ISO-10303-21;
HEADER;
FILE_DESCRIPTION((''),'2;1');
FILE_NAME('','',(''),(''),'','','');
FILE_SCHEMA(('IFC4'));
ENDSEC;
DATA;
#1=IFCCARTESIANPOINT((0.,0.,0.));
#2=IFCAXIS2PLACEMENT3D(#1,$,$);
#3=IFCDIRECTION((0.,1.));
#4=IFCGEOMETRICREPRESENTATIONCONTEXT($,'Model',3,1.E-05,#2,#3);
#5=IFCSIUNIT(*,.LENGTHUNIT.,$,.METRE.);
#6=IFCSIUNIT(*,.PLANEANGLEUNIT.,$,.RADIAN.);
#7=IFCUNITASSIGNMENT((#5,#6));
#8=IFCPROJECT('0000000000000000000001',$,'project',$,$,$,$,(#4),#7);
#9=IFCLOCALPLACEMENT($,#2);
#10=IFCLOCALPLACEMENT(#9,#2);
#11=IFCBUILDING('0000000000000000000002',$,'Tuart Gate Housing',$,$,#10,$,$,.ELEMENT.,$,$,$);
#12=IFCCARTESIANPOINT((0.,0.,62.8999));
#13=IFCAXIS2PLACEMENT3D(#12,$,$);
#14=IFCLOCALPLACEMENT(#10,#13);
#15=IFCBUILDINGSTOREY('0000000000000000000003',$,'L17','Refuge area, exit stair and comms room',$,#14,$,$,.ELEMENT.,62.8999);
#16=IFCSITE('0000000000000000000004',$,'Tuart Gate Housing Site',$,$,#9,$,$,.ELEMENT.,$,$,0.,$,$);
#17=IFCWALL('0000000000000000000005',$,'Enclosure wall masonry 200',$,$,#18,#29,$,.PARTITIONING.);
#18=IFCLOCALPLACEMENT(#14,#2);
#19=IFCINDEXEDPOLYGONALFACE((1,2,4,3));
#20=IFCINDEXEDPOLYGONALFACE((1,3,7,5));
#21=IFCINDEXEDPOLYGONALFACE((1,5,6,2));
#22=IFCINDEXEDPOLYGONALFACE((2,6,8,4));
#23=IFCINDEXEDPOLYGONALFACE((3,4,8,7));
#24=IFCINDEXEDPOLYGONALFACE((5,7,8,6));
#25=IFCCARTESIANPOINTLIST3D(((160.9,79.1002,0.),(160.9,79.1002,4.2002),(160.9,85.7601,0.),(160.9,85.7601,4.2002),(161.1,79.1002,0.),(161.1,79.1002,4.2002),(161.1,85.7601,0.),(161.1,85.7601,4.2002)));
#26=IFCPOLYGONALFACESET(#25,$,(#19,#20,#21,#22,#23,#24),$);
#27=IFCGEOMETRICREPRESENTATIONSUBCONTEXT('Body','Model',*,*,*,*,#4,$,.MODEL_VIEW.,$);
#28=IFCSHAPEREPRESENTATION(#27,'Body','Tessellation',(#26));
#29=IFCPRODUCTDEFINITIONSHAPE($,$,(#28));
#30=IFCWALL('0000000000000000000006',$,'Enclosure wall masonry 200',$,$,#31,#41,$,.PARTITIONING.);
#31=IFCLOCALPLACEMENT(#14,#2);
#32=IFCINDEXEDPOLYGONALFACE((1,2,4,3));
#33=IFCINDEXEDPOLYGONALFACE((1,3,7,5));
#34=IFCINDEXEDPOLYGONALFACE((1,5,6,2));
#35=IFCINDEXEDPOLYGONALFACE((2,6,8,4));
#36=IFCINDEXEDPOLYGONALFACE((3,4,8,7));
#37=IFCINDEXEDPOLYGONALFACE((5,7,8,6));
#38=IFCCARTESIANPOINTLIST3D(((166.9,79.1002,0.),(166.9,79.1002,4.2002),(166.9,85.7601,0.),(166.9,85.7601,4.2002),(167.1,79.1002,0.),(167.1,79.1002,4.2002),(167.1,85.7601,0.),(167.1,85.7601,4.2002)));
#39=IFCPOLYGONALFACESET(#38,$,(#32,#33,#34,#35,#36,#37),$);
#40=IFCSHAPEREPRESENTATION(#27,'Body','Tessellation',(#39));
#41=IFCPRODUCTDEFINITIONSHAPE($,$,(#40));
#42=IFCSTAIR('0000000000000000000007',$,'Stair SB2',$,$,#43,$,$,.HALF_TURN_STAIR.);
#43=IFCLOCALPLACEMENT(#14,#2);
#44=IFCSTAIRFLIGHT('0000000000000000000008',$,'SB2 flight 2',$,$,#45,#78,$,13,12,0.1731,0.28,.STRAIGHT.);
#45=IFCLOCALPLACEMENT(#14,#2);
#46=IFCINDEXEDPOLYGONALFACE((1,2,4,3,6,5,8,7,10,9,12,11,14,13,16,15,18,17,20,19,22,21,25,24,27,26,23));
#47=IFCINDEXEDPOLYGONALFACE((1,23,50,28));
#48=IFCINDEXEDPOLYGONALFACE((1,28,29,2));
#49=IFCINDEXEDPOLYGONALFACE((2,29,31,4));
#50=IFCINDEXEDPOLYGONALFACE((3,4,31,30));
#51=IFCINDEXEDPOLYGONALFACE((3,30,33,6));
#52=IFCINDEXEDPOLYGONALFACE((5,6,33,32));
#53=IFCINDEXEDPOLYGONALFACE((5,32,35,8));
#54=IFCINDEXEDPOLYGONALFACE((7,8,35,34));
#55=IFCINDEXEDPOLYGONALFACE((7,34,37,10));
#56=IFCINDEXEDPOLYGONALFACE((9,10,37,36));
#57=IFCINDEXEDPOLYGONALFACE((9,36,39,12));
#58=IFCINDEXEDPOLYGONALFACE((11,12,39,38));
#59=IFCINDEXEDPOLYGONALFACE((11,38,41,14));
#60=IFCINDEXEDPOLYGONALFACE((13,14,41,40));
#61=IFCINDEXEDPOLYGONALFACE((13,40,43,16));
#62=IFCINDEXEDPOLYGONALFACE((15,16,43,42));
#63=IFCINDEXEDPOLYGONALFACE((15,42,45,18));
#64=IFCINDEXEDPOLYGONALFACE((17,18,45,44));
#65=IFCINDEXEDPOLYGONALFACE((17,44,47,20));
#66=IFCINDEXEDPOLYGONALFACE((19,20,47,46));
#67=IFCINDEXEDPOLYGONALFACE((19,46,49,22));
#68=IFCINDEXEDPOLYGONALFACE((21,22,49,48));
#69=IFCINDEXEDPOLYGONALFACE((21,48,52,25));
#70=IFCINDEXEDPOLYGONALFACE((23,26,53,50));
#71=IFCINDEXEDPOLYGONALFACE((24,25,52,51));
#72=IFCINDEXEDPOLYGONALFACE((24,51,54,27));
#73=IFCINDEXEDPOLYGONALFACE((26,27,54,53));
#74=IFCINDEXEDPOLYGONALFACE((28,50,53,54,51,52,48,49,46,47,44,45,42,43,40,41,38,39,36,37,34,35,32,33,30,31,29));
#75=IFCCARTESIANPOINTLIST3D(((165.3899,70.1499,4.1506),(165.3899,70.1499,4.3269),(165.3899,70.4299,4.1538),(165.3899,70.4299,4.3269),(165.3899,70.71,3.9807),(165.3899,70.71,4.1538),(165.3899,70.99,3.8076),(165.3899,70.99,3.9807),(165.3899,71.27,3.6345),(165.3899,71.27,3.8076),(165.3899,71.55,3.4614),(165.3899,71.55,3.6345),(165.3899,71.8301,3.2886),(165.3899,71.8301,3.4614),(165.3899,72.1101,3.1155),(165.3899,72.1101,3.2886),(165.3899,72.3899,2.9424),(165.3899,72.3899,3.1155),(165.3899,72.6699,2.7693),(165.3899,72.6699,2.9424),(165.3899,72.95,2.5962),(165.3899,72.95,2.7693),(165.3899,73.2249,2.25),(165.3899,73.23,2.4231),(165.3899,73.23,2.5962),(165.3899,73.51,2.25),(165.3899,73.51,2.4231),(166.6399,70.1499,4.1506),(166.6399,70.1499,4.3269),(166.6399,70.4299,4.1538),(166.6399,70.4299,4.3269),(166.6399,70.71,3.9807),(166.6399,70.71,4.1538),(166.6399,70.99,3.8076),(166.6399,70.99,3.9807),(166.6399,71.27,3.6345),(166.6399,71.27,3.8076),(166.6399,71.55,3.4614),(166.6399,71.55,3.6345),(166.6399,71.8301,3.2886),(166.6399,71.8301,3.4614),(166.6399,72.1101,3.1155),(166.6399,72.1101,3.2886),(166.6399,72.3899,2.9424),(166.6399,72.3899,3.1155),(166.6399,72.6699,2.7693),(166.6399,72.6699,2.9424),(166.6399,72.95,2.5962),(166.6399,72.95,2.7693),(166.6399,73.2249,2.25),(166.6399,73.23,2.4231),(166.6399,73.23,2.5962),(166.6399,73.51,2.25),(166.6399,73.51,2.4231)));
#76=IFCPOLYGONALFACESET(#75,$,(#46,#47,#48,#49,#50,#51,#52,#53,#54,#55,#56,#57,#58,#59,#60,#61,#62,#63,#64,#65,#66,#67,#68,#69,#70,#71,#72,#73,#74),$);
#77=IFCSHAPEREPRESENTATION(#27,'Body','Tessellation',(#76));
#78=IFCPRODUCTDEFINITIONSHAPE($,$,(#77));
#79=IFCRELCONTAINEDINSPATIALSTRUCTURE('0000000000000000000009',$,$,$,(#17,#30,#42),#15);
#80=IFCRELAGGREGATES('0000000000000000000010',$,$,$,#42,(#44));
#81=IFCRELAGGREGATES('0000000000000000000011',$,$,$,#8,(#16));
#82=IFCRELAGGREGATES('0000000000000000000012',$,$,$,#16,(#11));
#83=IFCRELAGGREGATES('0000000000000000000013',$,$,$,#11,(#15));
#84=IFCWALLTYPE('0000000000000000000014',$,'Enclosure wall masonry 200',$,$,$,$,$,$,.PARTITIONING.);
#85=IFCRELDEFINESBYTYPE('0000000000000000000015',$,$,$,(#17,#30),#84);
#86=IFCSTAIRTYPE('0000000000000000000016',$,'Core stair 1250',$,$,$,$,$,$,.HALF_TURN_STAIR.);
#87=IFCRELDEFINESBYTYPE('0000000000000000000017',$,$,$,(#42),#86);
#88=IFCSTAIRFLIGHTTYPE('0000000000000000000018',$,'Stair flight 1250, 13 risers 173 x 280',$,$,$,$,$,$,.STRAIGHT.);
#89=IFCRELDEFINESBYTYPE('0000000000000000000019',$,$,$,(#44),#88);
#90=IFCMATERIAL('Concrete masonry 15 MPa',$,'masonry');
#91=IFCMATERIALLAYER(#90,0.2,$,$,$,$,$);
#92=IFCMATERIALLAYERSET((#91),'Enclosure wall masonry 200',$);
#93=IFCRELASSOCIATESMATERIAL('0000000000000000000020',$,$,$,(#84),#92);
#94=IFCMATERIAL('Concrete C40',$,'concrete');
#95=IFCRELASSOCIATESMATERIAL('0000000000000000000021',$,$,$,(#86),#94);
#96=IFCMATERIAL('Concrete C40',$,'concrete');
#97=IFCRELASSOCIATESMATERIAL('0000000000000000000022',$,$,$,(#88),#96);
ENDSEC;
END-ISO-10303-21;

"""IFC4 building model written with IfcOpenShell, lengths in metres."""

from ifc_helpers import new_model, si_unit, direction, frame, frame_2d, origin, place, context, subcontext, project, spatial, polyline, rectangle, outline, extrude, material, layer, layer_set, type_object, element, aggregate, save


model = new_model("IFC4")

# Units and contexts
model_context = context("Model", 3, precision=1e-05, world=origin(), true_north=direction((0.0, 1.0)))
body_context = subcontext(model_context, "Body", "Model", "MODEL_VIEW")
ifc_project = project(units=[si_unit("LENGTHUNIT", "METRE"), si_unit("PLANEANGLEUNIT", "RADIAN")], contexts=[model_context])

# Site, building, storey
site_placement = place(None, origin())
site = spatial("IfcSite", under=ifc_project, at=site_placement, Name="Tuart Gate Housing Site", CompositionType="ELEMENT", RefElevation=0.0)
building_placement = place(site_placement, origin())
building = spatial("IfcBuilding", under=site, at=building_placement, Name="Tuart Gate Housing", CompositionType="ELEMENT")
storey_placement = place(building_placement, frame((0.0, 0.0, 62.8999)))
storey = spatial("IfcBuildingStorey", under=building, at=storey_placement, Name="L17", Description="Refuge area, exit stair and comms room", CompositionType="ELEMENT", Elevation=62.8999)

# Shared definitions
ifc_material_1 = material(Name="Concrete masonry 15 MPa", Category="masonry")
ifc_layer_1 = layer(ifc_material_1, 0.2)
ifc_layer_set_1 = layer_set([ifc_layer_1], Name="Enclosure wall masonry 200")
wall_type_1 = type_object("IfcWallType", Name="Enclosure wall masonry 200", PredefinedType="PARTITIONING", material=ifc_layer_set_1)

# Walls
for number, where, z_axis, x_axis, name in (
    (1, (161.0, 79.1001, 0.0), (0.0, 0.0, 1.0), (0.0, 1.0, 0.0), "Enclosure wall masonry 200"),
    (2, (167.0, 79.1001, 0.0), (0.0, 0.0, 1.0), (0.0, 1.0, 0.0), "Enclosure wall masonry 200"),
):
    element("IfcWall", number, at=place(storey_placement, frame(where, z_axis=z_axis, x_axis=x_axis)), inside=storey, type_object=wall_type_1, Name=name, PredefinedType="PARTITIONING", context=body_context, shape_type="SweptSolid", body=[
        extrude(rectangle(XDim=6.6599, YDim=0.2, at=frame_2d((3.3301, 0.0))), origin(), (0.0, 0.0, 1.0), 4.2002),
    ])

# Stair, stair flight
ifc_material_2 = material(Name="Concrete C40", Category="concrete")
stair_type = type_object("IfcStairType", Name="Core stair 1250", PredefinedType="HALF_TURN_STAIR", material=ifc_material_2)
stair_placement = place(storey_placement, origin())
stair = element("IfcStair", 3, at=stair_placement, inside=storey, type_object=stair_type, Name="Stair SB2", PredefinedType="HALF_TURN_STAIR")
ifc_material_3 = material(Name="Concrete C40", Category="concrete")
stair_flight_type = type_object("IfcStairFlightType", Name="Stair flight 1250, 13 risers 173 x 280", PredefinedType="STRAIGHT", material=ifc_material_3)
stair_flight_placement = place(storey_placement, frame((166.0149, 73.51, 2.25), z_axis=(0.0, 0.0, 1.0), x_axis=(0.0, -1.0, 0.0)))
stair_flight = element("IfcStairFlight", 4, at=stair_flight_placement, type_object=stair_flight_type, Name="SB2 flight 2", NumberOfRisers=13, NumberOfTreads=12, PredefinedType="STRAIGHT", RiserHeight=0.1731, TreadLength=0.28, context=body_context, shape_type="SweptSolid", body=[
    extrude(outline(polyline([(0.0, 0.0), (0.0, 0.1731), (0.28, 0.1731), (0.28, 0.3462), (0.5601, 0.3462), (0.5601, 0.5193), (0.8401, 0.5193), (0.8401, 0.6924), (1.1201, 0.6924), (1.1201, 0.8655), (1.3999, 0.8655), (1.3999, 1.0386), (1.6799, 1.0386), (1.6799, 1.2114), (1.96, 1.2114), (1.96, 1.3845), (2.24, 1.3845), (2.24, 1.5576), (2.52, 1.5576), (2.52, 1.7307), (2.8, 1.7307), (2.8, 1.9038), (3.0801, 1.9038), (3.0801, 2.0769), (3.3601, 2.0769), (3.3601, 2.25), (3.3601, 1.9006), (0.2852, 0.0), (0.0, 0.0)])), frame((0.0, 0.625, 0.0), z_axis=(0.0, -1.0, 0.0), x_axis=(1.0, 0.0, 0.0)), (0.0, 0.0, 1.0), 1.25),
])
aggregate(stair, [stair_flight])

save(model, "model.ifc")
